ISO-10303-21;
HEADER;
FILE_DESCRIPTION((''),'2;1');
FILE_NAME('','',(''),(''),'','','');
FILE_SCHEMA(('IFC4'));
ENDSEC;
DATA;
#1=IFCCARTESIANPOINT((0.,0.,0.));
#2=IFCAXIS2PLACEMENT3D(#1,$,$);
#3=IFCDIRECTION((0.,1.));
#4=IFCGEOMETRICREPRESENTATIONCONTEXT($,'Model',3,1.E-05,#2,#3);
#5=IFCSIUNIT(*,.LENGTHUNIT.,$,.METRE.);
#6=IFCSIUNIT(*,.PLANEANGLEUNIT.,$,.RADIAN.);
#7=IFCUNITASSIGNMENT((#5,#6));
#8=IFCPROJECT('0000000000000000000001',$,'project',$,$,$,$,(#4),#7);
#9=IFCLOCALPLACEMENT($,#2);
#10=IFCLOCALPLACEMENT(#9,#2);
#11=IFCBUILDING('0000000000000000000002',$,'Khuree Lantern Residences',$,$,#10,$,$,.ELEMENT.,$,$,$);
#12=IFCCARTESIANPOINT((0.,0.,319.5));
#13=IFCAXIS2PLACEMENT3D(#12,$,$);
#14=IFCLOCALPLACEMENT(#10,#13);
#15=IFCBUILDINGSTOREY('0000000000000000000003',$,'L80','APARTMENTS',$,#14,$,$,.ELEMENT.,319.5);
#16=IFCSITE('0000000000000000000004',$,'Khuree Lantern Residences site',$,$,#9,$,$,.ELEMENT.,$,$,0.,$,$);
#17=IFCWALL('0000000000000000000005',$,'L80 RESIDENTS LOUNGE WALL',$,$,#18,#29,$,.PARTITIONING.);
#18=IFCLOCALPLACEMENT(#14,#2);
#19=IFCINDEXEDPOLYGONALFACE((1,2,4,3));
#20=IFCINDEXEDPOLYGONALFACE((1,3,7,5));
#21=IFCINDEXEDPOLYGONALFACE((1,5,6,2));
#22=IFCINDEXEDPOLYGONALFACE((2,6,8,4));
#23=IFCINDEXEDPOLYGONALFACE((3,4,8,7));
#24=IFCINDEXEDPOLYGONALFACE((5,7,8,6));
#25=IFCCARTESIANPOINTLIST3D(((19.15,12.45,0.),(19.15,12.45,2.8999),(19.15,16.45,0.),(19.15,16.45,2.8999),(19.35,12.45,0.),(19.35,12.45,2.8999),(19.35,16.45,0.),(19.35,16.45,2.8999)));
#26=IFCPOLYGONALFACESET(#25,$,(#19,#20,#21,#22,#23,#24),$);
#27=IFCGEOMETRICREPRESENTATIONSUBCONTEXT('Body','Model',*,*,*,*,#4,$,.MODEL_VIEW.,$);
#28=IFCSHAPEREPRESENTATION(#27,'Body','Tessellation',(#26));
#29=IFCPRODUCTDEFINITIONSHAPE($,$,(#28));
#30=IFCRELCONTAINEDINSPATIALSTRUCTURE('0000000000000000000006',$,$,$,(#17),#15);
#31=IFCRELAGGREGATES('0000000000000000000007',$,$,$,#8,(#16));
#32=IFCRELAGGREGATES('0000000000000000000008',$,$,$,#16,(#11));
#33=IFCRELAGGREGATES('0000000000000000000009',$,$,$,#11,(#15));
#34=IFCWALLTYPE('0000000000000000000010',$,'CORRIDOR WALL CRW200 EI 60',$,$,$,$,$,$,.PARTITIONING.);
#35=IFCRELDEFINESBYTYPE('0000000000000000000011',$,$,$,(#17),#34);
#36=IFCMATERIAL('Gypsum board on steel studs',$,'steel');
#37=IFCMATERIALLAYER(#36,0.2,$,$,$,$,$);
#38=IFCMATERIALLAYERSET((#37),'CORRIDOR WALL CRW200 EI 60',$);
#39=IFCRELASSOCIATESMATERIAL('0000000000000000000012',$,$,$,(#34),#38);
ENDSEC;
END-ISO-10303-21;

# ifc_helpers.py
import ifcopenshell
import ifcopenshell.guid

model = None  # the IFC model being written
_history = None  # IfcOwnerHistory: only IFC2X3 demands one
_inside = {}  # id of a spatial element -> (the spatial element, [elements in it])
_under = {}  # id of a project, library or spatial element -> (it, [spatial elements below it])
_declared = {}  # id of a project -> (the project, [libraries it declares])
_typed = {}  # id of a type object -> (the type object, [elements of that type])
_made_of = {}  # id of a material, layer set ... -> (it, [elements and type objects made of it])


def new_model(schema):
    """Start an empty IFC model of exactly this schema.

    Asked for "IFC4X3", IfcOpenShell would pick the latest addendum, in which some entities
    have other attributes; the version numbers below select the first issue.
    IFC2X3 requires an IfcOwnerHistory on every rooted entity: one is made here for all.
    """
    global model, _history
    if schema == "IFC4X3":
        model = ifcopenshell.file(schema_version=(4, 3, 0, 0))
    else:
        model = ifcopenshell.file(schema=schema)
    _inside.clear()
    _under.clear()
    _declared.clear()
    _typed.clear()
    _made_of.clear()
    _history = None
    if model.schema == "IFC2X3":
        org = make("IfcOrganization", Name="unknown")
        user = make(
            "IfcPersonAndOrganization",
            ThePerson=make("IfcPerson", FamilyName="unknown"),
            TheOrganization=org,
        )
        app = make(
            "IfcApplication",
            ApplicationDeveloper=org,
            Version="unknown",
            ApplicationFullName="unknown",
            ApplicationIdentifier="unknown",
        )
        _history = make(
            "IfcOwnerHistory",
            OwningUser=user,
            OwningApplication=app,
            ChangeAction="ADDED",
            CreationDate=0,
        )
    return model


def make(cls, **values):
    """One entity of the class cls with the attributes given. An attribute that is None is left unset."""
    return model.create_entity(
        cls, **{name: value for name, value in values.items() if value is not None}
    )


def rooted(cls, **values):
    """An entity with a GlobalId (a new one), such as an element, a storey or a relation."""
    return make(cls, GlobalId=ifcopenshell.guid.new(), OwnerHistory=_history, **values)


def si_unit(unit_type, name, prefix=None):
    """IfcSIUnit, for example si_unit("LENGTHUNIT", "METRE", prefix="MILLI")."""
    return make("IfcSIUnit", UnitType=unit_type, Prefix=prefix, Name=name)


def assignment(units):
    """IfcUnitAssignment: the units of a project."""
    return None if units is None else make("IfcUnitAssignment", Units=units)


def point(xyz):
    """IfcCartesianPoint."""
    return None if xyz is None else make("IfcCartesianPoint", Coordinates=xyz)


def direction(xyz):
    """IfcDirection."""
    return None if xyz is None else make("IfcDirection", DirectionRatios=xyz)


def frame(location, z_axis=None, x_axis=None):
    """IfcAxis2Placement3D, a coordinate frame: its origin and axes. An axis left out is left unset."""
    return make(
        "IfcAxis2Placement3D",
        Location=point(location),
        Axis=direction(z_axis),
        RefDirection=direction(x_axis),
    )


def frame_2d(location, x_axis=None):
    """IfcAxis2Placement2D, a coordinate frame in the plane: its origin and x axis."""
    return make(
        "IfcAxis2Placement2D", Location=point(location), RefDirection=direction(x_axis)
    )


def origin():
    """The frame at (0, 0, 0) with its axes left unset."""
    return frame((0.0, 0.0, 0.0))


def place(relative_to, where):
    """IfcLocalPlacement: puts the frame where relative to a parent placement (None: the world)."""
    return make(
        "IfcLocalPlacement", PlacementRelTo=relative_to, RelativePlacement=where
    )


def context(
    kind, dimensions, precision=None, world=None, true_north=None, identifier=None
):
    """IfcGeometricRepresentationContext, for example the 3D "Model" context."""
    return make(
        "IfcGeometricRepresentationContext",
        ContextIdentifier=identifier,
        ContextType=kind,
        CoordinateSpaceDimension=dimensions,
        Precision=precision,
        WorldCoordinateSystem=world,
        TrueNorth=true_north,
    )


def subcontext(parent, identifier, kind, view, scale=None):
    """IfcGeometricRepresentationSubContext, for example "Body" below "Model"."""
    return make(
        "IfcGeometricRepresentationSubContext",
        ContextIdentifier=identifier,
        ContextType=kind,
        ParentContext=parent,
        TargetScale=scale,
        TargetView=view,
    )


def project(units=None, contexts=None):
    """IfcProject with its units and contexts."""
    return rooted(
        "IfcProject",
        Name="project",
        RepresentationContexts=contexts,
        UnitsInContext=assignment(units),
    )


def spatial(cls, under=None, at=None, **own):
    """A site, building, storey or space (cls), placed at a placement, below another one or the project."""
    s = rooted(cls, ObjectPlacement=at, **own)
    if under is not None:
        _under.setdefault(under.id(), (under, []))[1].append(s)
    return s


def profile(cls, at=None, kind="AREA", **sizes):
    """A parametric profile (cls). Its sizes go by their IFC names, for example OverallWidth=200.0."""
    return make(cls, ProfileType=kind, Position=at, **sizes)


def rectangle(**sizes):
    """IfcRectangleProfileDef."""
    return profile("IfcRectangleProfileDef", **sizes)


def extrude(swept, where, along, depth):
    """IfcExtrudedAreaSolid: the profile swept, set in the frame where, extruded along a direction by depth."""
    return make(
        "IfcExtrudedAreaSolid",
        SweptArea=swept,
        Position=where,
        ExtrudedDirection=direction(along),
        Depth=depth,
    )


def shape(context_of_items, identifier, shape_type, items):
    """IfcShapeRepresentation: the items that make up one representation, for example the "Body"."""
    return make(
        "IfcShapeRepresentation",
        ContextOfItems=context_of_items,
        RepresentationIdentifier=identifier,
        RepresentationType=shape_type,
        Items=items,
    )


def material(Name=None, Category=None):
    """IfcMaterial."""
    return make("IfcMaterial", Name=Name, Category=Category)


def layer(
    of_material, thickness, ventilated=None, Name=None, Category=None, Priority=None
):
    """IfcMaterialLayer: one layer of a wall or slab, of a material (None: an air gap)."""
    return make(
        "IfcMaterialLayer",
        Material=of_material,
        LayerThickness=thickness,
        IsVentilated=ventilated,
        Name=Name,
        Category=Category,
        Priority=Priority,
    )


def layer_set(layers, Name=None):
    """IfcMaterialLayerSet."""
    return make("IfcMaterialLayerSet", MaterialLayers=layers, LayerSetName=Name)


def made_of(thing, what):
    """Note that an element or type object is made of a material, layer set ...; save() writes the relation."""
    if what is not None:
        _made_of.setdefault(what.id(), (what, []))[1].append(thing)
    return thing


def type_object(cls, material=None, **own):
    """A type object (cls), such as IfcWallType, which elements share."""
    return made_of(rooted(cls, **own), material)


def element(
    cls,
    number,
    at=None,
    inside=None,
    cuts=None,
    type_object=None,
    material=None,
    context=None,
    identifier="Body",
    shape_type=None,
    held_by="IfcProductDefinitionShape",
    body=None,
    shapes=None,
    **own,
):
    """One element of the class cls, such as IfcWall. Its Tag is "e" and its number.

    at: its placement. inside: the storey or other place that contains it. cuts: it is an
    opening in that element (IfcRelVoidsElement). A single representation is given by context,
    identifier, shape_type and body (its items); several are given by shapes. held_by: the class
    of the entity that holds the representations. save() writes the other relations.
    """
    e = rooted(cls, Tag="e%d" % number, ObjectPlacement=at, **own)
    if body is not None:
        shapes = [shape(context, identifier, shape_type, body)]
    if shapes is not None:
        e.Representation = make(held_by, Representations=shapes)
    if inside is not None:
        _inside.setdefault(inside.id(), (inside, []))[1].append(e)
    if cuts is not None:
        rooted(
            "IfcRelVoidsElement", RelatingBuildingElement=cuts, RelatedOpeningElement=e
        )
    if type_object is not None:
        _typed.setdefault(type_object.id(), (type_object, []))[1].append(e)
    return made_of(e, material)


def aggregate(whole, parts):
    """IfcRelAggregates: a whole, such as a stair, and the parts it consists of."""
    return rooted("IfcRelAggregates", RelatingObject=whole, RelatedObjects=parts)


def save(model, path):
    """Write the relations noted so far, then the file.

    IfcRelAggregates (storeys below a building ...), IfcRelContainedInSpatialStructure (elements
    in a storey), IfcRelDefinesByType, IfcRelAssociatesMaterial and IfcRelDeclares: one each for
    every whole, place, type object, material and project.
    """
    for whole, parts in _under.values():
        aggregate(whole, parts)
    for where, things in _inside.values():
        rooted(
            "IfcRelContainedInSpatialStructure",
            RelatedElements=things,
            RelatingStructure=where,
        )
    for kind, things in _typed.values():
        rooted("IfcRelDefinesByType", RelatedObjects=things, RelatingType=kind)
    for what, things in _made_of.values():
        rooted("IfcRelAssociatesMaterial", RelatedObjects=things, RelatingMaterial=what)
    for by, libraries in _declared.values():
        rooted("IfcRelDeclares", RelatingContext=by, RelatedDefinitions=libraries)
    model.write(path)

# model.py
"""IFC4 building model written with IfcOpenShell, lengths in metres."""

from ifc_helpers import new_model, si_unit, direction, frame, frame_2d, origin, place, context, subcontext, project, spatial, rectangle, extrude, material, layer, layer_set, type_object, element, save


model = new_model("IFC4")

# Units and contexts
model_context = context("Model", 3, precision=1e-05, world=origin(), true_north=direction((0.0, 1.0)))
body_context = subcontext(model_context, "Body", "Model", "MODEL_VIEW")
ifc_project = project(units=[si_unit("LENGTHUNIT", "METRE"), si_unit("PLANEANGLEUNIT", "RADIAN")], contexts=[model_context])

# Site, building, storey
site_placement = place(None, origin())
site = spatial("IfcSite", under=ifc_project, at=site_placement, Name="Khuree Lantern Residences site", CompositionType="ELEMENT", RefElevation=0.0)
building_placement = place(site_placement, origin())
building = spatial("IfcBuilding", under=site, at=building_placement, Name="Khuree Lantern Residences", CompositionType="ELEMENT")
storey_placement = place(building_placement, frame((0.0, 0.0, 319.5)))
storey = spatial("IfcBuildingStorey", under=building, at=storey_placement, Name="L80", Description="APARTMENTS", CompositionType="ELEMENT", Elevation=319.5)

# Wall
ifc_material_1 = material(Name="Gypsum board on steel studs", Category="steel")
ifc_layer_1 = layer(ifc_material_1, 0.2)
ifc_layer_set_1 = layer_set([ifc_layer_1], Name="CORRIDOR WALL CRW200 EI 60")
wall_type_1 = type_object("IfcWallType", Name="CORRIDOR WALL CRW200 EI 60", PredefinedType="PARTITIONING", material=ifc_layer_set_1)
wall_1_placement = place(storey_placement, frame((19.25, 12.45, 0.0), z_axis=(0.0, 0.0, 1.0), x_axis=(0.0, 1.0, 0.0)))
element("IfcWall", 1, at=wall_1_placement, inside=storey, type_object=wall_type_1, Name="L80 RESIDENTS LOUNGE WALL", PredefinedType="PARTITIONING", context=body_context, shape_type="SweptSolid", body=[
    extrude(rectangle(XDim=4.0, YDim=0.2, at=frame_2d((2.0, 0.0))), origin(), (0.0, 0.0, 1.0), 2.8999),
])

save(model, "model.ifc")
